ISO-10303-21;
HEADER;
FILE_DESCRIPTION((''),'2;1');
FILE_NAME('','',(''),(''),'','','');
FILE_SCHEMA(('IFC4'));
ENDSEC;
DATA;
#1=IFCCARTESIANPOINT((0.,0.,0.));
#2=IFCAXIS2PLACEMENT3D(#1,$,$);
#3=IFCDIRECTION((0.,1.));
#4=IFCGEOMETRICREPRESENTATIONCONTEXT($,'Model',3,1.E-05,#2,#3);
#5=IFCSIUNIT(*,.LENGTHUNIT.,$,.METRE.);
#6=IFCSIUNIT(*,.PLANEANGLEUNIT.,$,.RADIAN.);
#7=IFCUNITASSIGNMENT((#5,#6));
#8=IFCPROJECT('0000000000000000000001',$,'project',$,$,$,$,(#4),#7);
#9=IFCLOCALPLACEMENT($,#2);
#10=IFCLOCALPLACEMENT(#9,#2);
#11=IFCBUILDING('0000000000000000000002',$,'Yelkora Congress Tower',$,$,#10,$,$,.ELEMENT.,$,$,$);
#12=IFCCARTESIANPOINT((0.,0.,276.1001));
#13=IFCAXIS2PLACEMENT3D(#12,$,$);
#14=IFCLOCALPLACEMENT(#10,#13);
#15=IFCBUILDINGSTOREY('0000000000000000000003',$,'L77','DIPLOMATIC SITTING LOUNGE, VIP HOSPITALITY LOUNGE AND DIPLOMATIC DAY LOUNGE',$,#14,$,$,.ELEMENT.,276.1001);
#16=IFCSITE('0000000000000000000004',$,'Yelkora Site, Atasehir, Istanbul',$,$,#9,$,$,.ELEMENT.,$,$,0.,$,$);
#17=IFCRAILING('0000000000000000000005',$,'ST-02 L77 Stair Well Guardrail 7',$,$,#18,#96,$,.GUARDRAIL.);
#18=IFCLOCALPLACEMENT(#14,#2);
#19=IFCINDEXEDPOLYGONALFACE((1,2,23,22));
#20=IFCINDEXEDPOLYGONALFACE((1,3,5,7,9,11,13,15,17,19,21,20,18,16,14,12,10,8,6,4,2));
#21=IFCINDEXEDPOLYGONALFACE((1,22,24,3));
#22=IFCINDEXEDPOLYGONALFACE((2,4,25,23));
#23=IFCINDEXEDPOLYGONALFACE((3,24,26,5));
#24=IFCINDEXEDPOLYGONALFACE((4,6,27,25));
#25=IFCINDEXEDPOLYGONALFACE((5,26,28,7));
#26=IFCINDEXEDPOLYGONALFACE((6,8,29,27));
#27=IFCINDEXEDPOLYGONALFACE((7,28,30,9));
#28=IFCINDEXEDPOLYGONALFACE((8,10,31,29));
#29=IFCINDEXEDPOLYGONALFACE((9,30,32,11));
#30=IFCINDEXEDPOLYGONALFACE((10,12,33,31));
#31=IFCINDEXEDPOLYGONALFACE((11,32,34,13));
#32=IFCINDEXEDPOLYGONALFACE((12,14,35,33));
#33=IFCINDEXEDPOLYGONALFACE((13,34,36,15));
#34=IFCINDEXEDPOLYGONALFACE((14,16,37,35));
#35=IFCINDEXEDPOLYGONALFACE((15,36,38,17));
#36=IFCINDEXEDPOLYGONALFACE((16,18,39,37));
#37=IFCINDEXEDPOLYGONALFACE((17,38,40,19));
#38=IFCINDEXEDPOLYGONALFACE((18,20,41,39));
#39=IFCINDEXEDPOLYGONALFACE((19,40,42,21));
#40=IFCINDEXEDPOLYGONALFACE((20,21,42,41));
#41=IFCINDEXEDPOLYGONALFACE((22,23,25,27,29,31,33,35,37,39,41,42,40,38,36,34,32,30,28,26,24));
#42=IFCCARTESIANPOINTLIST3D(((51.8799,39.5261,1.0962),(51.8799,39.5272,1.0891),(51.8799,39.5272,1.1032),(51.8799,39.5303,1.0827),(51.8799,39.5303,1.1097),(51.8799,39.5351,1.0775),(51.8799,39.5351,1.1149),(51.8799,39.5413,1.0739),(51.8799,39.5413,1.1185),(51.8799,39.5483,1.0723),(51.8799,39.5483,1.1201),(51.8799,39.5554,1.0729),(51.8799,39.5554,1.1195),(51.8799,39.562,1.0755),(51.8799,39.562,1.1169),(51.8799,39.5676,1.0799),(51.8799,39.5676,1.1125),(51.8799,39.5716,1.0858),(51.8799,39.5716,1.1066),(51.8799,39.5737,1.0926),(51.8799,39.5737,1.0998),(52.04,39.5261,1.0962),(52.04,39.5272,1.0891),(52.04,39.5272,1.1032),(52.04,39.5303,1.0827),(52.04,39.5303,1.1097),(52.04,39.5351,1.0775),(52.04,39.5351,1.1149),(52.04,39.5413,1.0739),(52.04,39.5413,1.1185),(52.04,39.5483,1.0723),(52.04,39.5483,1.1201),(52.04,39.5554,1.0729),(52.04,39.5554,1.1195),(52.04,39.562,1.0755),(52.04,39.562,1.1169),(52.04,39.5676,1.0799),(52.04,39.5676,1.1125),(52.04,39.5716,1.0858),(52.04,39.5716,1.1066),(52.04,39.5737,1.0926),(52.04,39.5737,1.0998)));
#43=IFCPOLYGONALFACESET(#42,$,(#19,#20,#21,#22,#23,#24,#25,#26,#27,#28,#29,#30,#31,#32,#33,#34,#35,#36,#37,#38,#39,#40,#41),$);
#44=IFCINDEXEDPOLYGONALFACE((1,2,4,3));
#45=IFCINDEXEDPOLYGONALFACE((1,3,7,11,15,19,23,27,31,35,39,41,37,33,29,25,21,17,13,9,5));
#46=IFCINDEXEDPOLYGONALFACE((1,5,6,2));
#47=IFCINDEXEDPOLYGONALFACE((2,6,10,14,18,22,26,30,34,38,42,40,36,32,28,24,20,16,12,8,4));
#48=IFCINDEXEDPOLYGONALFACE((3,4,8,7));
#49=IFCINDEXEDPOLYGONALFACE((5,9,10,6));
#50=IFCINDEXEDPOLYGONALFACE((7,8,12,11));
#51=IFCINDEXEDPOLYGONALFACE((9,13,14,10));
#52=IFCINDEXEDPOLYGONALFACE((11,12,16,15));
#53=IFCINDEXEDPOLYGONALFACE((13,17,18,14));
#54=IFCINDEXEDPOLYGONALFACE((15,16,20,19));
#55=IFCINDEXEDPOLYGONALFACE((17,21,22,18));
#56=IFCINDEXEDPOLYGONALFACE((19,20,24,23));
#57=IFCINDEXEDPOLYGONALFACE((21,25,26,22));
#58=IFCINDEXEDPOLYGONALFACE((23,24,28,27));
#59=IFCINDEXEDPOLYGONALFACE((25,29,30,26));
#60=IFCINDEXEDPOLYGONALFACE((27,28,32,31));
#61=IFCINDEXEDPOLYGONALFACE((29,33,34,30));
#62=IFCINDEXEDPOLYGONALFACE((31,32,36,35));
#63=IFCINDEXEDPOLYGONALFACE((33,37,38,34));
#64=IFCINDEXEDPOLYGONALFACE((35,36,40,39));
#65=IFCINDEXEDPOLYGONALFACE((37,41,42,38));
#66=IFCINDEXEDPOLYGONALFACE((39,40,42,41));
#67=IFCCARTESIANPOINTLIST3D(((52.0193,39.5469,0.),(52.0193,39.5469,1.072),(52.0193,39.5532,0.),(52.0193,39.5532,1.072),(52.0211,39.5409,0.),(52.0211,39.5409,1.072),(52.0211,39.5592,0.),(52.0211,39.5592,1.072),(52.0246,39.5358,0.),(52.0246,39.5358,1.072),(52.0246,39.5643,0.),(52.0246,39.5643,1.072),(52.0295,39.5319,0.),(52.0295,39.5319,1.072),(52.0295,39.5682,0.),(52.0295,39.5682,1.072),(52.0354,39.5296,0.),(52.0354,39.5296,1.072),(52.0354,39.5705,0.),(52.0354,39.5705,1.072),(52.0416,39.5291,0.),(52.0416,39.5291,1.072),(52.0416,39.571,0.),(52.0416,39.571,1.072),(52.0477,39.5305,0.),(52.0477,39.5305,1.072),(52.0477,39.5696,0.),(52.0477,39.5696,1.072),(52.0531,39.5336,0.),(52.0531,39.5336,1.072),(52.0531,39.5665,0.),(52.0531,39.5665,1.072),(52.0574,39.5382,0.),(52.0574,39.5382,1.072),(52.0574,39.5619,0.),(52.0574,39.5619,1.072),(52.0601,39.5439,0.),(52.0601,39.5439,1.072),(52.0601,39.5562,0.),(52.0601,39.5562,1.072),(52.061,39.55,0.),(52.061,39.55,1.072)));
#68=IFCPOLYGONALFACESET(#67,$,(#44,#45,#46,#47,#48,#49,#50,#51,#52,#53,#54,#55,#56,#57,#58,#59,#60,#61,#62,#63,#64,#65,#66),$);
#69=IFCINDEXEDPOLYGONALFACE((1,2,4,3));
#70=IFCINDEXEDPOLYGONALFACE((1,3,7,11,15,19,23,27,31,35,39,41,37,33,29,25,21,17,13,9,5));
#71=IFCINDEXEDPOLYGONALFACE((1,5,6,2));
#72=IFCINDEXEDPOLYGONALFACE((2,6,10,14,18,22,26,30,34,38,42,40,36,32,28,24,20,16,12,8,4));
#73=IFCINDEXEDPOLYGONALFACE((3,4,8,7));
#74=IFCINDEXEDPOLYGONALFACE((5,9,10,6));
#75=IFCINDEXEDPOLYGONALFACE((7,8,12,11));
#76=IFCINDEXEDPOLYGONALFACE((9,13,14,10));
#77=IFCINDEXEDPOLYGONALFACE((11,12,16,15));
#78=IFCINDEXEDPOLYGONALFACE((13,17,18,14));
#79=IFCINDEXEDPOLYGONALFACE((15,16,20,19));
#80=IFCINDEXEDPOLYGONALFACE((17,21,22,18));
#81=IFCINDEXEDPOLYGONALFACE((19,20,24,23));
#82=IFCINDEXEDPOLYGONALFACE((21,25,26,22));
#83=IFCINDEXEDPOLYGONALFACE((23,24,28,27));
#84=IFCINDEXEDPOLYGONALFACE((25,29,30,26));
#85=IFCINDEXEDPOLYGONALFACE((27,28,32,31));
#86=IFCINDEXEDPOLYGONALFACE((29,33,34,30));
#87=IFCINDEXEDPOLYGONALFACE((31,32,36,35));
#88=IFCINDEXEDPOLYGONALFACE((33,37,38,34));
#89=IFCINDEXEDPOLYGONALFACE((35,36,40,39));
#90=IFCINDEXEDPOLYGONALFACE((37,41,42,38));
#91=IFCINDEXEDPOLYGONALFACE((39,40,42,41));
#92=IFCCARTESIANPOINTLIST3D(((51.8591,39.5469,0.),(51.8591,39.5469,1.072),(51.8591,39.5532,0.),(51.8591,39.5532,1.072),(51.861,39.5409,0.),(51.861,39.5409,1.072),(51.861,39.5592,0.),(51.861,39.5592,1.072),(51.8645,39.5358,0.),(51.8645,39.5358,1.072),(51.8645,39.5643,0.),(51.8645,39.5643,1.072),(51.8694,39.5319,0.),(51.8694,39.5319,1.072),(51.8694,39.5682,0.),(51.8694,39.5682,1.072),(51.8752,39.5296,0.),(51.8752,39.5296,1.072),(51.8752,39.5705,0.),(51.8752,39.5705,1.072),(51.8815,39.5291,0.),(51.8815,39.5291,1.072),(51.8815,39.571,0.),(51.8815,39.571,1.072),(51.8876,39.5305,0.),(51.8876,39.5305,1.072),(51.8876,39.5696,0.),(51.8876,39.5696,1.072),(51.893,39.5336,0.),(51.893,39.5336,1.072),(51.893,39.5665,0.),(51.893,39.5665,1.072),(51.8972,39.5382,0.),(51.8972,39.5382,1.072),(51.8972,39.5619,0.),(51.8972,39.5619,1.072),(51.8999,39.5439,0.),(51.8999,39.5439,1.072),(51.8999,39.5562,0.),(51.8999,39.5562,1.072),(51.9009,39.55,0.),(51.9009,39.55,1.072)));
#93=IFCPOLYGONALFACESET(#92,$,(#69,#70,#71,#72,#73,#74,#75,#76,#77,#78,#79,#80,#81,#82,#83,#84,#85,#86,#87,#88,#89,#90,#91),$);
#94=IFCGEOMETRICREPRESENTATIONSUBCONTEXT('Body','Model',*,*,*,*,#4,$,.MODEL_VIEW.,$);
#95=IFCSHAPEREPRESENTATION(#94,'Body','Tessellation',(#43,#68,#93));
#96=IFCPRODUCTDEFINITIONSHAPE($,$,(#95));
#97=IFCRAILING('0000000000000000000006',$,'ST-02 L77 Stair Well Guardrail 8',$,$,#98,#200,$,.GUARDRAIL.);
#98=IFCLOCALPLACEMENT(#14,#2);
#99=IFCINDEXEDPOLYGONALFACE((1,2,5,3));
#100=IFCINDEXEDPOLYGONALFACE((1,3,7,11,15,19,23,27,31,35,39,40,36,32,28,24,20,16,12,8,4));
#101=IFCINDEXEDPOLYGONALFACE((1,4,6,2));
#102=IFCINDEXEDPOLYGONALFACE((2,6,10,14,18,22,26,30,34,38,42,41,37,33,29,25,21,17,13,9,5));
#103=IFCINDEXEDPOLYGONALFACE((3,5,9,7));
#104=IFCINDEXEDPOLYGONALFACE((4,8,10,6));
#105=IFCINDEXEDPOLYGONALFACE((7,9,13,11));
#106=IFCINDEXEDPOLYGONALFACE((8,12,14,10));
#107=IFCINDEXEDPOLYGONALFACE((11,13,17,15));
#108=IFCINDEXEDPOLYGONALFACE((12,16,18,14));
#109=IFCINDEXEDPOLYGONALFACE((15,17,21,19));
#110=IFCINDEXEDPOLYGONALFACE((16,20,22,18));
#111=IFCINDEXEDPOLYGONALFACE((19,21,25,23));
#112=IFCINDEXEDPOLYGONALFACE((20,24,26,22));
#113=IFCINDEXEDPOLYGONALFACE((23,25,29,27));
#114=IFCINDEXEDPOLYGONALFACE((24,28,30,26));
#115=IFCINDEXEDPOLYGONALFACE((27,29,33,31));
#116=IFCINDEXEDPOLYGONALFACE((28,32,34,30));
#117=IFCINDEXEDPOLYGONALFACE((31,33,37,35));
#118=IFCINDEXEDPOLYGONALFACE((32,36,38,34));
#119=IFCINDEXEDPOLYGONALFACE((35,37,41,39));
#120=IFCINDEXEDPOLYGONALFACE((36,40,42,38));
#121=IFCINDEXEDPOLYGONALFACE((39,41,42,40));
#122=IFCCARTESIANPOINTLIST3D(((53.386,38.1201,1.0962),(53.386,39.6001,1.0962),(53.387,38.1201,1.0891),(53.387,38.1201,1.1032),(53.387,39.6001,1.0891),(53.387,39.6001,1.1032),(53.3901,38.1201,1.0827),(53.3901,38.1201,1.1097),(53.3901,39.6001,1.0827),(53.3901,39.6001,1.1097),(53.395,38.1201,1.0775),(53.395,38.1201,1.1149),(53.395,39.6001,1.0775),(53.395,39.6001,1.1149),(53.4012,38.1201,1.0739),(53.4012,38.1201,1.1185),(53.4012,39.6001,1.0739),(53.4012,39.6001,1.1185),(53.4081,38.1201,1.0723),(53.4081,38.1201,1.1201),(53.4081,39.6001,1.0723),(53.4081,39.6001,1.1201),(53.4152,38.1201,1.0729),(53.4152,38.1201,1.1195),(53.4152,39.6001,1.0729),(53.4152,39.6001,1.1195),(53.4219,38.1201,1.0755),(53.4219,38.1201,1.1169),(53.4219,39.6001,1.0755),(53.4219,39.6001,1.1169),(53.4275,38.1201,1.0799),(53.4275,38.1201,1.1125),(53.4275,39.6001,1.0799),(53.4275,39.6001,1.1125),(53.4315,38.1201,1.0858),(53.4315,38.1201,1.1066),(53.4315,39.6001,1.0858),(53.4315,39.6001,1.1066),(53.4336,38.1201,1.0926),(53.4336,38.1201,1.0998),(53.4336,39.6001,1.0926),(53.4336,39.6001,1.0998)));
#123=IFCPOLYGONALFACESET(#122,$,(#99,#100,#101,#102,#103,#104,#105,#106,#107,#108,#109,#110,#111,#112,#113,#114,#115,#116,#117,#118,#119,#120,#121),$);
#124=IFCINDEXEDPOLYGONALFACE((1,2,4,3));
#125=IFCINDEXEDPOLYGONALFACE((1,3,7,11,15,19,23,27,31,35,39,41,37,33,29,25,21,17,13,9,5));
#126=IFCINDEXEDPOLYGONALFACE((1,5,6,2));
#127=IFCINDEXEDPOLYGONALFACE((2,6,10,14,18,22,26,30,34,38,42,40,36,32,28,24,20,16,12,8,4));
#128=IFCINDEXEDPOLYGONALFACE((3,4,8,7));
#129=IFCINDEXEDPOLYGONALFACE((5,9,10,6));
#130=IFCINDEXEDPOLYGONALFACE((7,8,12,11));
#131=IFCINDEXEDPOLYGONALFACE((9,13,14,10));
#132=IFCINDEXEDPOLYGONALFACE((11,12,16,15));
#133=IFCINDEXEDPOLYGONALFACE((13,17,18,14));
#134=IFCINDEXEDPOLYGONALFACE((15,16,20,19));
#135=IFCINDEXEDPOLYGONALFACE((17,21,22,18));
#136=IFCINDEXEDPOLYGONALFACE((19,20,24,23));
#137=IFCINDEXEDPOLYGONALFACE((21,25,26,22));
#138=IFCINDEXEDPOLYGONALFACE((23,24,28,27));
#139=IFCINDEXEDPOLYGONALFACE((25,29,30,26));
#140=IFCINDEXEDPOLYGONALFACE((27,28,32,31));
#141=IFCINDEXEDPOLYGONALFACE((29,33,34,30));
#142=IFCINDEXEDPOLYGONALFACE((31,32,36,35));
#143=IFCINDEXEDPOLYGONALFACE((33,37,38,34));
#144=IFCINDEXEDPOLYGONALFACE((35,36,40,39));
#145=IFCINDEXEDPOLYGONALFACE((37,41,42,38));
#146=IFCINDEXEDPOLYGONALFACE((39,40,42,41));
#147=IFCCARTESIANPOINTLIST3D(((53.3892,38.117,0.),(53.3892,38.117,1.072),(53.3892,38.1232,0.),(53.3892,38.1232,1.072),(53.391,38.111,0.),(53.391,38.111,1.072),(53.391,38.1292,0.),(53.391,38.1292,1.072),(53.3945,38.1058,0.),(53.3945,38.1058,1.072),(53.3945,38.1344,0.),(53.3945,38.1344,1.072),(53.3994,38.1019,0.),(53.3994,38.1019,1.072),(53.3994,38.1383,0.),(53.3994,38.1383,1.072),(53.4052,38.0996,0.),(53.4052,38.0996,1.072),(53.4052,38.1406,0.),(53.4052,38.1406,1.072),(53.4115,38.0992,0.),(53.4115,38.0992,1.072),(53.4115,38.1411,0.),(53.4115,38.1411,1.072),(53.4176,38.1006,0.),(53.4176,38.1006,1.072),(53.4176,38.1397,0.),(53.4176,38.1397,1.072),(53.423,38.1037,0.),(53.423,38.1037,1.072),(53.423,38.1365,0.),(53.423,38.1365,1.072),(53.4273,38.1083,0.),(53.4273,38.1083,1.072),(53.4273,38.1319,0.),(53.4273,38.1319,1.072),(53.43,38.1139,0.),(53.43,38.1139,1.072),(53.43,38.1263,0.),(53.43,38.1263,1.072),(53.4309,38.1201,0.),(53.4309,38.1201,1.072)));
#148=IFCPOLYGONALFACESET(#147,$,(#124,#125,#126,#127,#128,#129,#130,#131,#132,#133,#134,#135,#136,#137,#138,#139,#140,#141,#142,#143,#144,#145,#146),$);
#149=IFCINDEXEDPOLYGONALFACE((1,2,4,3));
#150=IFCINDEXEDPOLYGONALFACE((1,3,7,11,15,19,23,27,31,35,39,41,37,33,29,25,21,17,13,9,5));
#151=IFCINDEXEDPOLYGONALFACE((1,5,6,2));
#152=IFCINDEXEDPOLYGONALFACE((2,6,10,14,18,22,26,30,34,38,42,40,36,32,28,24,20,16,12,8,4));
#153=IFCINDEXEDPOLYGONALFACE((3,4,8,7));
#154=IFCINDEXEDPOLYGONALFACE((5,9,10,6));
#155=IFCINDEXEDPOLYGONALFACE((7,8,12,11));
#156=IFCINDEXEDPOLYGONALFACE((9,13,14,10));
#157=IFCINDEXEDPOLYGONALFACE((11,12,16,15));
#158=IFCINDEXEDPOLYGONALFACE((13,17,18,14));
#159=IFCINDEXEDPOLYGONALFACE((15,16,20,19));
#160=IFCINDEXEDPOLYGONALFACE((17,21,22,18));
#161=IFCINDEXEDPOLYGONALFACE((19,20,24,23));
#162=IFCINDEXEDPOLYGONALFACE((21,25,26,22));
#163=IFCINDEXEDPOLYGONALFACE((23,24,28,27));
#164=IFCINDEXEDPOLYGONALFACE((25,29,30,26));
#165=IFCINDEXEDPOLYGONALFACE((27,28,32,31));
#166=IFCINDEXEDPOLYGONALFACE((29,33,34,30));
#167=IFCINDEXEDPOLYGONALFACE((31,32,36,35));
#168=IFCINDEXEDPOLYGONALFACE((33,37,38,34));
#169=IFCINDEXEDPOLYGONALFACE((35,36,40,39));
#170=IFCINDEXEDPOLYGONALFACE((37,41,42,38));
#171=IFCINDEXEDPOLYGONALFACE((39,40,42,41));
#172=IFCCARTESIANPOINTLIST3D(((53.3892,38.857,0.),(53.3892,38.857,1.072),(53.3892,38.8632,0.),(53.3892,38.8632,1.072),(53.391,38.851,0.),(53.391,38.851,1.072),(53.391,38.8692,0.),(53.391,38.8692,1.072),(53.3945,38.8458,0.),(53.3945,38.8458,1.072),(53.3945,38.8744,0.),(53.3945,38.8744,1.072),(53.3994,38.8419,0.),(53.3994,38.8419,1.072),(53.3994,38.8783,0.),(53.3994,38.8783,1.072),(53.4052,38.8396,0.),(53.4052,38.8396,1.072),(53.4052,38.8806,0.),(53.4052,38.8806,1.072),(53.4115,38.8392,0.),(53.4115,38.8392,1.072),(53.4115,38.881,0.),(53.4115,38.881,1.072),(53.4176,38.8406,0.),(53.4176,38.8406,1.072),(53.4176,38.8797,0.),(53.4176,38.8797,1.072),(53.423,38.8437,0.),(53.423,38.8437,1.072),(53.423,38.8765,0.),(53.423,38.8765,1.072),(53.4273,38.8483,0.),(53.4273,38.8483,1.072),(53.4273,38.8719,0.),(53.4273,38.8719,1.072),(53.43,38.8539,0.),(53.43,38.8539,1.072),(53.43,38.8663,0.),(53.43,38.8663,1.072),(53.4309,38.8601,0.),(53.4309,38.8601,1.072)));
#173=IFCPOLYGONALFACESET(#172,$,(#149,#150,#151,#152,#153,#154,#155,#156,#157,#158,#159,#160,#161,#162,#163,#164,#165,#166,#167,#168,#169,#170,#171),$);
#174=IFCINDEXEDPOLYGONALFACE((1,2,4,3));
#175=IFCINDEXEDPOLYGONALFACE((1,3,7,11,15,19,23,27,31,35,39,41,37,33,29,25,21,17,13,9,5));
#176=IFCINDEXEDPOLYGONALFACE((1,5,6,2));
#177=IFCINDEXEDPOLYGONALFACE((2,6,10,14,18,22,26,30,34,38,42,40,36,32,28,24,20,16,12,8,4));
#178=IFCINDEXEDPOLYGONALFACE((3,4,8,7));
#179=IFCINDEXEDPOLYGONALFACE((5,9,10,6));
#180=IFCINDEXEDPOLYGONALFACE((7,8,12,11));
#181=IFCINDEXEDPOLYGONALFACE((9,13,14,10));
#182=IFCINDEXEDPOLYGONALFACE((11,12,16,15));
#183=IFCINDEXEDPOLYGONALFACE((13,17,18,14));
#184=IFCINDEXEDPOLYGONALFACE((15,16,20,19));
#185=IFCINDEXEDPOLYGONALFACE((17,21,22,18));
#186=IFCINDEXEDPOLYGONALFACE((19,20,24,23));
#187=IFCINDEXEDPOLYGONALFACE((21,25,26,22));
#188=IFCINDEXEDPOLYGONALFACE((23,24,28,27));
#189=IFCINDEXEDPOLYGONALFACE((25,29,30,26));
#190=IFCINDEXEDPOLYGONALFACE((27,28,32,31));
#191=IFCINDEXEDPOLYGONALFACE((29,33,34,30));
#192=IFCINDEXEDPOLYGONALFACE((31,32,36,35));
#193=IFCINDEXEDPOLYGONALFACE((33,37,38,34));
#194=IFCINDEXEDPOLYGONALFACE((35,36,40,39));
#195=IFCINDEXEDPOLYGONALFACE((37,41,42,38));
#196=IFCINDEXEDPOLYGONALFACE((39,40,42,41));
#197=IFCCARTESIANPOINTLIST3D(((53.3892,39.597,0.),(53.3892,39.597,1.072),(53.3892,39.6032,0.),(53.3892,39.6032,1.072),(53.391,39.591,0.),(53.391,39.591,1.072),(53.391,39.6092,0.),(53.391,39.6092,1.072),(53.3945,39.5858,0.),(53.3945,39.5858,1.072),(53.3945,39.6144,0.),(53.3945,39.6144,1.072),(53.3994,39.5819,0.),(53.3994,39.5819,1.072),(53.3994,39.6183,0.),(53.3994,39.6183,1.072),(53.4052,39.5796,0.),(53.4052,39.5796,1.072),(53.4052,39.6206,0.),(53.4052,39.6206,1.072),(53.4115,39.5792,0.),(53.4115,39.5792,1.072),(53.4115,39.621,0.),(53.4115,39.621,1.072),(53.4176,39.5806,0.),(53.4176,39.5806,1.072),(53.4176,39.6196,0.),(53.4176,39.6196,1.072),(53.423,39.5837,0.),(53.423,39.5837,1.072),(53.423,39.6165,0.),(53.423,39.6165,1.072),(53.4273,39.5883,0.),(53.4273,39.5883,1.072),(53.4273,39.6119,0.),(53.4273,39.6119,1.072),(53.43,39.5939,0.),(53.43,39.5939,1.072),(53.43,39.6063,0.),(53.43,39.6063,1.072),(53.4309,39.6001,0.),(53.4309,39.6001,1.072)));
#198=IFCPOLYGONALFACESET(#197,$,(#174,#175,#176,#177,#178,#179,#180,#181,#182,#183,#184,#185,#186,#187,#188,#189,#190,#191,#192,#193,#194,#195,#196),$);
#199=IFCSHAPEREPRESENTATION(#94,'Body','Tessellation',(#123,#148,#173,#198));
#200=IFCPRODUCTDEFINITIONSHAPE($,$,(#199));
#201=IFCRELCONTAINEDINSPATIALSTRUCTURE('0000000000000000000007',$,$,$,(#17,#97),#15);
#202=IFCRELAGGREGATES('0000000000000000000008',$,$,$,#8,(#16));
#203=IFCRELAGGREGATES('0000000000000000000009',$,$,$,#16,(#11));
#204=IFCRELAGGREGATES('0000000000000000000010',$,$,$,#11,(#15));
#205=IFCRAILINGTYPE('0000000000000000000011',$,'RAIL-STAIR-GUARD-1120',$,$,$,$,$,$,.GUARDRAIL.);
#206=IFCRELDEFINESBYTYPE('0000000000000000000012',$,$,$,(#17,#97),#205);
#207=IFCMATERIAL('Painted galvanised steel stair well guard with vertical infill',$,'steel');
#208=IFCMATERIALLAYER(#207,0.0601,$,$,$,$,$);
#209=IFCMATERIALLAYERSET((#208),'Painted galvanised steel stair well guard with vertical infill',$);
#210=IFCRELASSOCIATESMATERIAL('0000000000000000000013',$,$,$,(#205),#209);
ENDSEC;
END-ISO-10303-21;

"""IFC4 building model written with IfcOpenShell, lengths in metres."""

from ifc_helpers import new_model, si_unit, direction, frame, origin, origin_2d, place, context, subcontext, project, spatial, circle, extrude, material, layer, layer_set, type_object, element, save


model = new_model("IFC4")

# Units and contexts
model_context = context("Model", 3, precision=1e-05, world=origin(), true_north=direction((0.0, 1.0)))
body_context = subcontext(model_context, "Body", "Model", "MODEL_VIEW")
ifc_project = project(units=[si_unit("LENGTHUNIT", "METRE"), si_unit("PLANEANGLEUNIT", "RADIAN")], contexts=[model_context])

# Site, building, storey
site_placement = place(None, origin())
site = spatial("IfcSite", under=ifc_project, at=site_placement, Name="Yelkora Site, Atasehir, Istanbul", CompositionType="ELEMENT", RefElevation=0.0)
building_placement = place(site_placement, origin())
building = spatial("IfcBuilding", under=site, at=building_placement, Name="Yelkora Congress Tower", CompositionType="ELEMENT")
storey_placement = place(building_placement, frame((0.0, 0.0, 276.1001)))
storey = spatial("IfcBuildingStorey", under=building, at=storey_placement, Name="L77", Description="DIPLOMATIC SITTING LOUNGE, VIP HOSPITALITY LOUNGE AND DIPLOMATIC DAY LOUNGE", CompositionType="ELEMENT", Elevation=276.1001)

# Railings
ifc_material_1 = material(Name="Painted galvanised steel stair well guard with vertical infill", Category="steel")
ifc_layer_1 = layer(ifc_material_1, 0.0601)
ifc_layer_set_1 = layer_set([ifc_layer_1], Name="Painted galvanised steel stair well guard with vertical infill")
railing_type_1 = type_object("IfcRailingType", Name="RAIL-STAIR-GUARD-1120", PredefinedType="GUARDRAIL", material=ifc_layer_set_1)
railing_1_placement = place(storey_placement, frame((52.04, 39.55, 0.0)))
element("IfcRailing", 1, at=railing_1_placement, inside=storey, type_object=railing_type_1, Name="ST-02 L77 Stair Well Guardrail 7", PredefinedType="GUARDRAIL", context=body_context, shape_type="SweptSolid", body=[
    extrude(circle(Radius=0.0239, at=origin_2d()), frame((0.0, 0.0, 1.0962), z_axis=(-1.0, 0.0, 0.0), x_axis=(0.0, -1.0, 0.0)), (0.0, 0.0, 1.0), 0.1602),
    extrude(circle(Radius=0.021, at=origin_2d()), origin(), (0.0, 0.0, 1.0), 1.072),
    extrude(circle(Radius=0.021, at=origin_2d()), frame((-0.1602, 0.0, 0.0)), (0.0, 0.0, 1.0), 1.072),
])
for number, where, name in (
    (2, (53.4099, 38.1201, 0.0), "ST-02 L77 Stair Well Guardrail 8"),
):
    element("IfcRailing", number, at=place(storey_placement, frame(where)), inside=storey, type_object=railing_type_1, Name=name, PredefinedType="GUARDRAIL", context=body_context, shape_type="SweptSolid", body=[
        extrude(circle(Radius=0.0239, at=origin_2d()), frame((0.0, 0.0, 1.0962), z_axis=(0.0, 1.0, 0.0), x_axis=(-1.0, 0.0, 0.0)), (0.0, 0.0, 1.0), 1.48),
        extrude(circle(Radius=0.021, at=origin_2d()), origin(), (0.0, 0.0, 1.0), 1.072),
        extrude(circle(Radius=0.021, at=origin_2d()), frame((0.0, 0.74, 0.0)), (0.0, 0.0, 1.0), 1.072),
        extrude(circle(Radius=0.021, at=origin_2d()), frame((0.0, 1.48, 0.0)), (0.0, 0.0, 1.0), 1.072),
    ])

save(model, "model.ifc")
